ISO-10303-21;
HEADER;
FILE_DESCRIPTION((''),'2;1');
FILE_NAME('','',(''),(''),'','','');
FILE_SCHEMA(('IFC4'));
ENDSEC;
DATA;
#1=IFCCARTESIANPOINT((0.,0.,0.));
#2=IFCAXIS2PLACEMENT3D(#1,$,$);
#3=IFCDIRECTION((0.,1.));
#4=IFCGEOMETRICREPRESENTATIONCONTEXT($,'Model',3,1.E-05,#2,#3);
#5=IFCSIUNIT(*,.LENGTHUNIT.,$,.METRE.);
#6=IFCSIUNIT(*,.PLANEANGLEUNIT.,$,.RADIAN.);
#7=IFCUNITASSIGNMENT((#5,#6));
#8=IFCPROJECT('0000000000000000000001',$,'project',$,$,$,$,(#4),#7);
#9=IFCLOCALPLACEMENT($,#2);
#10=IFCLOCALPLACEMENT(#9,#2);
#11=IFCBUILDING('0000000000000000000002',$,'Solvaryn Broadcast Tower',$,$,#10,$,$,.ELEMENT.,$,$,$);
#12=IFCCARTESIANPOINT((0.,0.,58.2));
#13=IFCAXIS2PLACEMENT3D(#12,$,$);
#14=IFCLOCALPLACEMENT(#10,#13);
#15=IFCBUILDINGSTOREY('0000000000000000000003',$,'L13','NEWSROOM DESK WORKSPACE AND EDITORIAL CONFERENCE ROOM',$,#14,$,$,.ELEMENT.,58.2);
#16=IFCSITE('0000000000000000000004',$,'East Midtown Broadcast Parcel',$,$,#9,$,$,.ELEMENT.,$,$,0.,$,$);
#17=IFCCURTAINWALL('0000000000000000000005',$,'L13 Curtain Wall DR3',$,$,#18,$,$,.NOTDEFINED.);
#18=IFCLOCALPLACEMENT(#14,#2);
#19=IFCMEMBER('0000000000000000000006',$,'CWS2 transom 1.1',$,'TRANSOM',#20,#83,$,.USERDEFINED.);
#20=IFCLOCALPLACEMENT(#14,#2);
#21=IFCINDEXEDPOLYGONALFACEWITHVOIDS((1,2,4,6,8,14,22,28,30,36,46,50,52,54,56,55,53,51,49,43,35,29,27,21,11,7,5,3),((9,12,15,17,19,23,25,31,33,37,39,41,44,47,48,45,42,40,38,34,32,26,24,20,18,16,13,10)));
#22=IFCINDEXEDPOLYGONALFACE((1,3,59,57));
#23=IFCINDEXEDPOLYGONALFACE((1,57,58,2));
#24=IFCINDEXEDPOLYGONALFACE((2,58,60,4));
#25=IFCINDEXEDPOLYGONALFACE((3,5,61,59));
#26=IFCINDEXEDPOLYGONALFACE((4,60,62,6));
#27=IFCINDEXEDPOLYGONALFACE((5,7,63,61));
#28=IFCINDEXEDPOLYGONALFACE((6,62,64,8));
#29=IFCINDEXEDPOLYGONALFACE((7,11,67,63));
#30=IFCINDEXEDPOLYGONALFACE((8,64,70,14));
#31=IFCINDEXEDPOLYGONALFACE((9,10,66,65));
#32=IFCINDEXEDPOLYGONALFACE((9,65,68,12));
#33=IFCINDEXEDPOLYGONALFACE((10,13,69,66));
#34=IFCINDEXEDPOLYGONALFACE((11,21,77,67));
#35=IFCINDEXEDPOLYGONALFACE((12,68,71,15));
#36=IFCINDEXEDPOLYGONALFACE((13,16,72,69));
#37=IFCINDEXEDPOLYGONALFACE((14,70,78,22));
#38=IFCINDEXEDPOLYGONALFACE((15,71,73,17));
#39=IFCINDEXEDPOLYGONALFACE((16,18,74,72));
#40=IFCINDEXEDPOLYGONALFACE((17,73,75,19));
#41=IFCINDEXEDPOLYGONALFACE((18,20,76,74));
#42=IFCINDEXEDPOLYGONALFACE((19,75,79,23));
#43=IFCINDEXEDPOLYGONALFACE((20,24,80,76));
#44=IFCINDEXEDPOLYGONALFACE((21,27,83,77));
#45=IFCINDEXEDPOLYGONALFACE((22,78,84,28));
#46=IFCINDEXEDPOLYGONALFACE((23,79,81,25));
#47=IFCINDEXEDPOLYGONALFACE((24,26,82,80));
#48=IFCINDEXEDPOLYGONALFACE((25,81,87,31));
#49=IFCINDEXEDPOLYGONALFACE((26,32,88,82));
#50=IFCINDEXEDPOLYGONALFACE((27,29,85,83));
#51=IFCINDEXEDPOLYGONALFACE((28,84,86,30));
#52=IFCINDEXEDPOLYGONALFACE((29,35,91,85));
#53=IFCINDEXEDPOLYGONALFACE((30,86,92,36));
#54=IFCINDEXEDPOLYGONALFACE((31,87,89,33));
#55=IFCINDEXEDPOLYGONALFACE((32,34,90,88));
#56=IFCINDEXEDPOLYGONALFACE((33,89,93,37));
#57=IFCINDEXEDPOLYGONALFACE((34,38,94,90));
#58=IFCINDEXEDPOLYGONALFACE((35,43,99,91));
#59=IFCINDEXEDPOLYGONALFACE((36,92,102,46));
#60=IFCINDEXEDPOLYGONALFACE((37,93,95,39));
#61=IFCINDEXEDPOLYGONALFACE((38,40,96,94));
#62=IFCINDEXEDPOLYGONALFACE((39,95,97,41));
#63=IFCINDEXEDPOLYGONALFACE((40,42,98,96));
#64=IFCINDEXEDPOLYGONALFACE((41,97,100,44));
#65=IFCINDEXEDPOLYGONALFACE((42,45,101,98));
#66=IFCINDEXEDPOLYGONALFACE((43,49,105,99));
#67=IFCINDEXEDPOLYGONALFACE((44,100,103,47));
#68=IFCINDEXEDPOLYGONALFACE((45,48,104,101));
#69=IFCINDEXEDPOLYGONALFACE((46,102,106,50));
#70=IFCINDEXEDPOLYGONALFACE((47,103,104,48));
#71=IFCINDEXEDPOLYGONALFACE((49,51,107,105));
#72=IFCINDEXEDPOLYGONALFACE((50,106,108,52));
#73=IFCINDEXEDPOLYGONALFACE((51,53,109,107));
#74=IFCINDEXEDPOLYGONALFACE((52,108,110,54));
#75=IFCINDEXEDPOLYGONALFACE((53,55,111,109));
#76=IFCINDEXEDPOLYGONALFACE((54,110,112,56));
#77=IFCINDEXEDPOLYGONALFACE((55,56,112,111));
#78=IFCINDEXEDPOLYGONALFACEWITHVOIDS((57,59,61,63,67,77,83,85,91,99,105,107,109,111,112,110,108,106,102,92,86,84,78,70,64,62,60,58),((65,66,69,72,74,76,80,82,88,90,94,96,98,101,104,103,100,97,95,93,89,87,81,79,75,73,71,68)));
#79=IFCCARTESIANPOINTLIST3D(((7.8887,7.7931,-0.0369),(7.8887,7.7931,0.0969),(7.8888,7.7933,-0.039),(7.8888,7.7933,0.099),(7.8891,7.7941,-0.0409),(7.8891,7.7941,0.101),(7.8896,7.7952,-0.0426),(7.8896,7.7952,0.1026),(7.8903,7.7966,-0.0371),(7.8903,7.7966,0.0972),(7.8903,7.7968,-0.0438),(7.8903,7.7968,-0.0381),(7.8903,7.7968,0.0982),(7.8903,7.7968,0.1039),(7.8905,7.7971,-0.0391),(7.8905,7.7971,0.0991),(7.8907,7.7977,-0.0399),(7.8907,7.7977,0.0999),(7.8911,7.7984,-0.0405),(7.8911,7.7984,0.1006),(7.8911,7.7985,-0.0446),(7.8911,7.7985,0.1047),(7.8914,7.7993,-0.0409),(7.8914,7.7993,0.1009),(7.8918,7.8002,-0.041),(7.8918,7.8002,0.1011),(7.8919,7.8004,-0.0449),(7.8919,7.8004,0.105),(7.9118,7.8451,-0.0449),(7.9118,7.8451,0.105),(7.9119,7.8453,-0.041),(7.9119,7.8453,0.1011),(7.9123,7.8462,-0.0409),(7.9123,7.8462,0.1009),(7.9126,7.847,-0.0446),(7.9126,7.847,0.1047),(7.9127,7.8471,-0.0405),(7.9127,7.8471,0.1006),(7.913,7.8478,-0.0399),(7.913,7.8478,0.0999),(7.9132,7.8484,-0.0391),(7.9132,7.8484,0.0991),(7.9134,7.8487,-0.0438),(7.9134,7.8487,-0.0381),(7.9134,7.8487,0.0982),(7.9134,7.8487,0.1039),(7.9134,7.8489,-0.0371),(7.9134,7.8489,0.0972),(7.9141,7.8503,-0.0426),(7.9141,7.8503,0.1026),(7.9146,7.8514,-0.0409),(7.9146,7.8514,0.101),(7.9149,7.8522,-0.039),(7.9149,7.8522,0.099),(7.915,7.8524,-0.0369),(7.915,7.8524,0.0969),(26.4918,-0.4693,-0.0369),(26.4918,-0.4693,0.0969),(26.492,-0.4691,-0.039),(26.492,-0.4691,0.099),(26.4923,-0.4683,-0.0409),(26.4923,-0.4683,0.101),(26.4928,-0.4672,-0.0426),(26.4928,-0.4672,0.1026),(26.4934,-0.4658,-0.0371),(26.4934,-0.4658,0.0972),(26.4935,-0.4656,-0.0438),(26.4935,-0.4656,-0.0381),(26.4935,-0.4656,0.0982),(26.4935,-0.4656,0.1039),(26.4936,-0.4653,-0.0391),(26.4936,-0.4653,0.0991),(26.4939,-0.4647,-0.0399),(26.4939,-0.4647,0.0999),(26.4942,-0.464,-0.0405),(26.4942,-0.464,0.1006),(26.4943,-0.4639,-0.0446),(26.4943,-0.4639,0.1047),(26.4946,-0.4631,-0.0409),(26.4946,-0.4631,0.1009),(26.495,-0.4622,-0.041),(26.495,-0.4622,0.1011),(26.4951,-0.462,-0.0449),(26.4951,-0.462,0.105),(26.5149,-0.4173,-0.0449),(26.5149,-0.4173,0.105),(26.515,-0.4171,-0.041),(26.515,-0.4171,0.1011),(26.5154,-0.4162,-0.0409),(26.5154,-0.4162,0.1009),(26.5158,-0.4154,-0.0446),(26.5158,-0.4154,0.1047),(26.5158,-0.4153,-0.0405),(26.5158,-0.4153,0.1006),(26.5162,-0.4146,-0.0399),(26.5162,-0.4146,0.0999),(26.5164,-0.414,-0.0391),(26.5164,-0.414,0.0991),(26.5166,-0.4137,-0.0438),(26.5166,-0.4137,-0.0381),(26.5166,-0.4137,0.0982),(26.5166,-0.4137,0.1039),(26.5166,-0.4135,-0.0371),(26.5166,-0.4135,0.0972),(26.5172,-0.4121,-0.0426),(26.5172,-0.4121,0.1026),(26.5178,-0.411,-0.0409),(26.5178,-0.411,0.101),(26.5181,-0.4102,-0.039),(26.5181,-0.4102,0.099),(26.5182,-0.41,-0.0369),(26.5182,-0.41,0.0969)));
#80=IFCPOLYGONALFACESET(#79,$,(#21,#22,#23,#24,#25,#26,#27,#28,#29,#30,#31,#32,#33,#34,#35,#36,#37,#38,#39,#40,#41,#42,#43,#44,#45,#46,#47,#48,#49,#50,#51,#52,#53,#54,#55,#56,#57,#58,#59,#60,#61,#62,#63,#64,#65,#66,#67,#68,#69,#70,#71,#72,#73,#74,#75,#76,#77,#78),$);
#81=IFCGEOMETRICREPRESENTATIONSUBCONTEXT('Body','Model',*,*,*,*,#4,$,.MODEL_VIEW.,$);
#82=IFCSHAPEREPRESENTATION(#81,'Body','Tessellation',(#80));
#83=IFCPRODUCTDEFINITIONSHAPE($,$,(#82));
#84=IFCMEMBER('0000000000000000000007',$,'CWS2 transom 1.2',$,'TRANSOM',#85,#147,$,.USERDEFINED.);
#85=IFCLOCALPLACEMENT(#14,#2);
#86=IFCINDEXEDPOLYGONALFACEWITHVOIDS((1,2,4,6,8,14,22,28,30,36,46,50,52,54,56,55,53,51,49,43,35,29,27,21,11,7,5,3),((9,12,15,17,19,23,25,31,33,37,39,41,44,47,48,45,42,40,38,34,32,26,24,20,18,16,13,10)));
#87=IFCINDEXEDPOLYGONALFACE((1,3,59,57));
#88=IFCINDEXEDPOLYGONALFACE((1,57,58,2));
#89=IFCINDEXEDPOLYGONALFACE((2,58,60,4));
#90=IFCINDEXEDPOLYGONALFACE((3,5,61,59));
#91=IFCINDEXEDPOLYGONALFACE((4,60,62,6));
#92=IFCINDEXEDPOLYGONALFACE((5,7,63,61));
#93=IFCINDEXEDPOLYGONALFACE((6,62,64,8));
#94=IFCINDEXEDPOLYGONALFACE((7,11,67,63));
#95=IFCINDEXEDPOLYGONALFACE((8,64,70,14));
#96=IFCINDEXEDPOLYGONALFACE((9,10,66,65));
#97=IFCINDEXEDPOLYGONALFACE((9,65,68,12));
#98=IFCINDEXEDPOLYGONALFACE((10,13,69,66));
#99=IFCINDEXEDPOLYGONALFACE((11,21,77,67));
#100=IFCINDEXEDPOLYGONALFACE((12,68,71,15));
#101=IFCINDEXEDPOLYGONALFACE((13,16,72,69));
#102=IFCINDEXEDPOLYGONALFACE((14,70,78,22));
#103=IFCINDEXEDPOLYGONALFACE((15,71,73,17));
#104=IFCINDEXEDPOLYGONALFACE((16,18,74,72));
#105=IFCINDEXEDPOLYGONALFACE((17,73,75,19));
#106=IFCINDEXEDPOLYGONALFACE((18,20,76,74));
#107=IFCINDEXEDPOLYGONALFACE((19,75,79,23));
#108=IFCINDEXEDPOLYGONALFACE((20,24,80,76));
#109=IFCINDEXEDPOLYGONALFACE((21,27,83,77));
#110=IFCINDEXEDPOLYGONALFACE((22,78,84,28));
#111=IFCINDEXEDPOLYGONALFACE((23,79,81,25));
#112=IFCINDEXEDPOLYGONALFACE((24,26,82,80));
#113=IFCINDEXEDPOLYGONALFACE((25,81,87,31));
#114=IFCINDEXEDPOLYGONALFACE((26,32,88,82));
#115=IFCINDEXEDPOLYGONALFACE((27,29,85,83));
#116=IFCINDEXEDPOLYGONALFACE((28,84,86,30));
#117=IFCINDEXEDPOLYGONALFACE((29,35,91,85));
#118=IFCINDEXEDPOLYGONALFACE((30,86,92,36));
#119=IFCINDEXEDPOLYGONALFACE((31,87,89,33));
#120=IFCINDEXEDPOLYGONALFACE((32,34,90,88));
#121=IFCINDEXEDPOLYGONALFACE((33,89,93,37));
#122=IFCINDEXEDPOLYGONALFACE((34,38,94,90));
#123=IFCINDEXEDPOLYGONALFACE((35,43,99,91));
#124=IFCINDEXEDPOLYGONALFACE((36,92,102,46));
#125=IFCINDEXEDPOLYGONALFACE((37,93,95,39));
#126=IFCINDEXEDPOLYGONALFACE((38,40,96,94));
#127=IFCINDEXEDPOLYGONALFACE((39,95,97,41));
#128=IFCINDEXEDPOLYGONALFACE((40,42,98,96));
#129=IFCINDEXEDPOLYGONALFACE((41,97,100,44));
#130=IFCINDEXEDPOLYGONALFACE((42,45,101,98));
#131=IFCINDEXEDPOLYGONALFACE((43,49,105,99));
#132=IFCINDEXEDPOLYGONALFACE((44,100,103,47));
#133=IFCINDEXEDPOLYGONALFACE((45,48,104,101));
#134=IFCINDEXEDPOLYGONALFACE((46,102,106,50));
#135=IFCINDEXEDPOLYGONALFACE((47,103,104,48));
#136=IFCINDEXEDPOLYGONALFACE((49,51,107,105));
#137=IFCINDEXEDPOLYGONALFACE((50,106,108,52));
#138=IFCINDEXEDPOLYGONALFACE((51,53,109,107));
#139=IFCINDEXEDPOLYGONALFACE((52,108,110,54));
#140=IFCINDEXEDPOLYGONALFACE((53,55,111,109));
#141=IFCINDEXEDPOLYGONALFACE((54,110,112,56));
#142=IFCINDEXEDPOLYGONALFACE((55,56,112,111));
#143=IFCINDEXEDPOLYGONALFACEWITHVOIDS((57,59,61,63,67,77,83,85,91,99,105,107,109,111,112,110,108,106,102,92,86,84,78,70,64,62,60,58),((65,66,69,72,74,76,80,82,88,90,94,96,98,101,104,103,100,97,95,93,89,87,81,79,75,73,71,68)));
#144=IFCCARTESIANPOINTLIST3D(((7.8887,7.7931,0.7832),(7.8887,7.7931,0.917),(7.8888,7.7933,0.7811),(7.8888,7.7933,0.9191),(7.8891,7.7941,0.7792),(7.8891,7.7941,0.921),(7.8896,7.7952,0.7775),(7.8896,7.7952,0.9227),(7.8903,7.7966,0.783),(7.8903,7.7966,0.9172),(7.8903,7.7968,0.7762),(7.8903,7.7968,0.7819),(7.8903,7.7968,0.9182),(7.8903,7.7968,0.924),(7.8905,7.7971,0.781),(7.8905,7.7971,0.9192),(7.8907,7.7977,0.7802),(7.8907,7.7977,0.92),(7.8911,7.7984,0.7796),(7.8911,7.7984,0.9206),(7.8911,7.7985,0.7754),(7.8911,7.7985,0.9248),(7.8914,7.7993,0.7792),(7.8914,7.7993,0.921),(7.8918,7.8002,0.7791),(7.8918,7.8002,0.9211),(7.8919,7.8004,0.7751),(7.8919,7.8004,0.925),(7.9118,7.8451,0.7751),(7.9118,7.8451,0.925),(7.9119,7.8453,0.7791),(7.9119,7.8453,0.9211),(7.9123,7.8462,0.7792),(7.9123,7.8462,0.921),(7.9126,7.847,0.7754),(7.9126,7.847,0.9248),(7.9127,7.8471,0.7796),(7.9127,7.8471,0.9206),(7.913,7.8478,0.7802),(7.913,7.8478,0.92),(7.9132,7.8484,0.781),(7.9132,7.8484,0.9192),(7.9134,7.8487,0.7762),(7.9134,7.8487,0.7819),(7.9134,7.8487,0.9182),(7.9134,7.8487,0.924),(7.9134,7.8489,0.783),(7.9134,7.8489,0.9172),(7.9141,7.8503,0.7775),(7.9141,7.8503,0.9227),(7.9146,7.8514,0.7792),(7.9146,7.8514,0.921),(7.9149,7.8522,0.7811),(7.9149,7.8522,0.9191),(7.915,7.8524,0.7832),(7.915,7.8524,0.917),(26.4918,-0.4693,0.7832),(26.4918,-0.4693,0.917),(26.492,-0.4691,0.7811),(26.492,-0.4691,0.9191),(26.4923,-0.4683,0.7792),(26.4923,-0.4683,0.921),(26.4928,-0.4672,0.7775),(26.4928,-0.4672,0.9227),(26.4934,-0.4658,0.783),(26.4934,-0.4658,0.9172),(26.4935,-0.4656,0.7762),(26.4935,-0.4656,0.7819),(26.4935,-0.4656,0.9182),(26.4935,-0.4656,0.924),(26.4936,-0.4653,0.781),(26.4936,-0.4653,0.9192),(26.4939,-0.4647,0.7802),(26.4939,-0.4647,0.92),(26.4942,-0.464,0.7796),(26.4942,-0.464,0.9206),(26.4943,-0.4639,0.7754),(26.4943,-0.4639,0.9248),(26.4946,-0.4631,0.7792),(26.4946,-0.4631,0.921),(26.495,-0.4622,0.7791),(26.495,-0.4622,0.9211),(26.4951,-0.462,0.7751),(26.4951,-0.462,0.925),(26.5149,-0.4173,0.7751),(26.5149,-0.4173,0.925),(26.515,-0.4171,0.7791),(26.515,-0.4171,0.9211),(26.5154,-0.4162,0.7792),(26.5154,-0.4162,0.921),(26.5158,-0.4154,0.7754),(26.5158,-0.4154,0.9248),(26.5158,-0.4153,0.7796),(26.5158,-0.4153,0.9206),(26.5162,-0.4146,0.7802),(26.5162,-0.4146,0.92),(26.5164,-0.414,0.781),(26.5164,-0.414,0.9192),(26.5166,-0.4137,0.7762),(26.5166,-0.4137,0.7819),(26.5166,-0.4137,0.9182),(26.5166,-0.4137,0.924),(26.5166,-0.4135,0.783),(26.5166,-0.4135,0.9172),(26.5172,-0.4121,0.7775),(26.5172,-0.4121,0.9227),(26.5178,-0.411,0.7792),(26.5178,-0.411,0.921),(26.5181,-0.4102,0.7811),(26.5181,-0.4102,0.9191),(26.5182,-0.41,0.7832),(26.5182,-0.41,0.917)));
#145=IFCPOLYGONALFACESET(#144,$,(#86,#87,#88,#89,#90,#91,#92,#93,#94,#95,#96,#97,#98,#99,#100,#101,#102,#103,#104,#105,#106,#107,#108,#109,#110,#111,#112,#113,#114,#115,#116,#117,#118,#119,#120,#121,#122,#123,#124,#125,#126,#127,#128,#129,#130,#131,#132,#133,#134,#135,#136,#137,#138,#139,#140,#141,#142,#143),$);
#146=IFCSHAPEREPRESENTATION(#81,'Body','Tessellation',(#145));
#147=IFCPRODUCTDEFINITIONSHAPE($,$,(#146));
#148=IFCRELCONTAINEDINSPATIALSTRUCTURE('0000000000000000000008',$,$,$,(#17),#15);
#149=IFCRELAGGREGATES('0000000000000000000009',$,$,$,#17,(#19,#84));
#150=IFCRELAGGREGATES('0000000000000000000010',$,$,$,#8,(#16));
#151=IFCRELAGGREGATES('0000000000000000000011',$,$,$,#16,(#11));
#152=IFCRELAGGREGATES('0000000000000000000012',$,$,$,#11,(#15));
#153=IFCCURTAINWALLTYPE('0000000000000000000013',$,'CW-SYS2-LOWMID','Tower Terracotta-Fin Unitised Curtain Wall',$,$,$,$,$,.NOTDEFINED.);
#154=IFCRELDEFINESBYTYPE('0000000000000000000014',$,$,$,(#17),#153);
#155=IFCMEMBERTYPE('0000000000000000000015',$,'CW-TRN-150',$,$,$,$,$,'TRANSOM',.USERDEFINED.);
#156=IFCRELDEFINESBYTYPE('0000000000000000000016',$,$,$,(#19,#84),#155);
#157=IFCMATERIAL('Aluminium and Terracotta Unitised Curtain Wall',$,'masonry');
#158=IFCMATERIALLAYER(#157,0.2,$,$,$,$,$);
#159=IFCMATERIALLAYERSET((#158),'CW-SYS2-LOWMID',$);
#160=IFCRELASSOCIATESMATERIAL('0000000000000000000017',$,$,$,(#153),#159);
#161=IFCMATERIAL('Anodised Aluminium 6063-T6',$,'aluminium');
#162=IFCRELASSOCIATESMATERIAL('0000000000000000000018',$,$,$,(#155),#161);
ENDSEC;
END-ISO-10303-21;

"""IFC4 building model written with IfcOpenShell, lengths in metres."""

from ifc_helpers import new_model, si_unit, direction, frame, origin, origin_2d, place, context, subcontext, project, spatial, hollow_rectangle, extrude, material, layer, layer_set, material_profile, profile_set, type_object, element, aggregate, save


model = new_model("IFC4")

# Units and contexts
model_context = context("Model", 3, precision=1e-05, world=origin(), true_north=direction((0.0, 1.0)))
body_context = subcontext(model_context, "Body", "Model", "MODEL_VIEW")
ifc_project = project(units=[si_unit("LENGTHUNIT", "METRE"), si_unit("PLANEANGLEUNIT", "RADIAN")], contexts=[model_context])

# Site, building, storey
site_placement = place(None, origin())
site = spatial("IfcSite", under=ifc_project, at=site_placement, Name="East Midtown Broadcast Parcel", CompositionType="ELEMENT", RefElevation=0.0)
building_placement = place(site_placement, origin())
building = spatial("IfcBuilding", under=site, at=building_placement, Name="Solvaryn Broadcast Tower", CompositionType="ELEMENT")
storey_placement = place(building_placement, frame((0.0, 0.0, 58.2)))
storey = spatial("IfcBuildingStorey", under=building, at=storey_placement, Name="L13", Description="NEWSROOM DESK WORKSPACE AND EDITORIAL CONFERENCE ROOM", CompositionType="ELEMENT", Elevation=58.2)

# Curtain wall, members
ifc_material_1 = material(Name="Aluminium and Terracotta Unitised Curtain Wall", Category="masonry")
ifc_layer_1 = layer(ifc_material_1, 0.2)
ifc_layer_set_1 = layer_set([ifc_layer_1], Name="CW-SYS2-LOWMID")
curtain_wall_type_1 = type_object("IfcCurtainWallType", Name="CW-SYS2-LOWMID", Description="Tower Terracotta-Fin Unitised Curtain Wall", PredefinedType="NOTDEFINED", material=ifc_layer_set_1)
curtain_wall_1_placement = place(storey_placement, origin())
curtain_wall_1 = element("IfcCurtainWall", 1, at=curtain_wall_1_placement, inside=storey, type_object=curtain_wall_type_1, Name="L13 Curtain Wall DR3", PredefinedType="NOTDEFINED")
ifc_material_2 = material(Name="Anodised Aluminium 6063-T6", Category="aluminium")
ifc_material_profile_1 = material_profile(ifc_material_2, hollow_rectangle(XDim=0.0649, YDim=0.1499, WallThickness=0.0039, InnerFilletRadius=0.0039, OuterFilletRadius=0.0081, at=origin_2d()))
ifc_profile_set_1 = profile_set([ifc_material_profile_1], Name="Anodised Aluminium 6063-T6")
member_type_1 = type_object("IfcMemberType", Name="CW-TRN-150", ElementType="TRANSOM", PredefinedType="USERDEFINED", material=ifc_profile_set_1)
member_1_placement = place(storey_placement, frame((7.9019, 7.8228, 0.03), z_axis=(0.913915, -0.405906, 0.0), x_axis=(0.405906, 0.913915, 0.0)))
member_1 = element("IfcMember", 2, at=member_1_placement, type_object=member_type_1, Name="CWS2 transom 1.1", ObjectType="TRANSOM", PredefinedType="USERDEFINED", context=body_context, shape_type="SweptSolid", body=[
    extrude(hollow_rectangle(XDim=0.0649, YDim=0.1499, WallThickness=0.0039, InnerFilletRadius=0.0039, OuterFilletRadius=0.0081, at=origin_2d()), origin(), (0.0, 0.0, 1.0), 20.3555),
])
member_2_placement = place(storey_placement, frame((7.9019, 7.8228, 0.8501), z_axis=(0.913915, -0.405906, 0.0), x_axis=(0.405906, 0.913915, 0.0)))
member_2 = element("IfcMember", 3, at=member_2_placement, type_object=member_type_1, Name="CWS2 transom 1.2", ObjectType="TRANSOM", PredefinedType="USERDEFINED", context=body_context, shape_type="SweptSolid", body=[
    extrude(hollow_rectangle(XDim=0.0649, YDim=0.1499, WallThickness=0.0039, InnerFilletRadius=0.0039, OuterFilletRadius=0.0081, at=origin_2d()), origin(), (0.0, 0.0, 1.0), 20.3555),
])
aggregate(curtain_wall_1, [member_1, member_2])

save(model, "model.ifc")
